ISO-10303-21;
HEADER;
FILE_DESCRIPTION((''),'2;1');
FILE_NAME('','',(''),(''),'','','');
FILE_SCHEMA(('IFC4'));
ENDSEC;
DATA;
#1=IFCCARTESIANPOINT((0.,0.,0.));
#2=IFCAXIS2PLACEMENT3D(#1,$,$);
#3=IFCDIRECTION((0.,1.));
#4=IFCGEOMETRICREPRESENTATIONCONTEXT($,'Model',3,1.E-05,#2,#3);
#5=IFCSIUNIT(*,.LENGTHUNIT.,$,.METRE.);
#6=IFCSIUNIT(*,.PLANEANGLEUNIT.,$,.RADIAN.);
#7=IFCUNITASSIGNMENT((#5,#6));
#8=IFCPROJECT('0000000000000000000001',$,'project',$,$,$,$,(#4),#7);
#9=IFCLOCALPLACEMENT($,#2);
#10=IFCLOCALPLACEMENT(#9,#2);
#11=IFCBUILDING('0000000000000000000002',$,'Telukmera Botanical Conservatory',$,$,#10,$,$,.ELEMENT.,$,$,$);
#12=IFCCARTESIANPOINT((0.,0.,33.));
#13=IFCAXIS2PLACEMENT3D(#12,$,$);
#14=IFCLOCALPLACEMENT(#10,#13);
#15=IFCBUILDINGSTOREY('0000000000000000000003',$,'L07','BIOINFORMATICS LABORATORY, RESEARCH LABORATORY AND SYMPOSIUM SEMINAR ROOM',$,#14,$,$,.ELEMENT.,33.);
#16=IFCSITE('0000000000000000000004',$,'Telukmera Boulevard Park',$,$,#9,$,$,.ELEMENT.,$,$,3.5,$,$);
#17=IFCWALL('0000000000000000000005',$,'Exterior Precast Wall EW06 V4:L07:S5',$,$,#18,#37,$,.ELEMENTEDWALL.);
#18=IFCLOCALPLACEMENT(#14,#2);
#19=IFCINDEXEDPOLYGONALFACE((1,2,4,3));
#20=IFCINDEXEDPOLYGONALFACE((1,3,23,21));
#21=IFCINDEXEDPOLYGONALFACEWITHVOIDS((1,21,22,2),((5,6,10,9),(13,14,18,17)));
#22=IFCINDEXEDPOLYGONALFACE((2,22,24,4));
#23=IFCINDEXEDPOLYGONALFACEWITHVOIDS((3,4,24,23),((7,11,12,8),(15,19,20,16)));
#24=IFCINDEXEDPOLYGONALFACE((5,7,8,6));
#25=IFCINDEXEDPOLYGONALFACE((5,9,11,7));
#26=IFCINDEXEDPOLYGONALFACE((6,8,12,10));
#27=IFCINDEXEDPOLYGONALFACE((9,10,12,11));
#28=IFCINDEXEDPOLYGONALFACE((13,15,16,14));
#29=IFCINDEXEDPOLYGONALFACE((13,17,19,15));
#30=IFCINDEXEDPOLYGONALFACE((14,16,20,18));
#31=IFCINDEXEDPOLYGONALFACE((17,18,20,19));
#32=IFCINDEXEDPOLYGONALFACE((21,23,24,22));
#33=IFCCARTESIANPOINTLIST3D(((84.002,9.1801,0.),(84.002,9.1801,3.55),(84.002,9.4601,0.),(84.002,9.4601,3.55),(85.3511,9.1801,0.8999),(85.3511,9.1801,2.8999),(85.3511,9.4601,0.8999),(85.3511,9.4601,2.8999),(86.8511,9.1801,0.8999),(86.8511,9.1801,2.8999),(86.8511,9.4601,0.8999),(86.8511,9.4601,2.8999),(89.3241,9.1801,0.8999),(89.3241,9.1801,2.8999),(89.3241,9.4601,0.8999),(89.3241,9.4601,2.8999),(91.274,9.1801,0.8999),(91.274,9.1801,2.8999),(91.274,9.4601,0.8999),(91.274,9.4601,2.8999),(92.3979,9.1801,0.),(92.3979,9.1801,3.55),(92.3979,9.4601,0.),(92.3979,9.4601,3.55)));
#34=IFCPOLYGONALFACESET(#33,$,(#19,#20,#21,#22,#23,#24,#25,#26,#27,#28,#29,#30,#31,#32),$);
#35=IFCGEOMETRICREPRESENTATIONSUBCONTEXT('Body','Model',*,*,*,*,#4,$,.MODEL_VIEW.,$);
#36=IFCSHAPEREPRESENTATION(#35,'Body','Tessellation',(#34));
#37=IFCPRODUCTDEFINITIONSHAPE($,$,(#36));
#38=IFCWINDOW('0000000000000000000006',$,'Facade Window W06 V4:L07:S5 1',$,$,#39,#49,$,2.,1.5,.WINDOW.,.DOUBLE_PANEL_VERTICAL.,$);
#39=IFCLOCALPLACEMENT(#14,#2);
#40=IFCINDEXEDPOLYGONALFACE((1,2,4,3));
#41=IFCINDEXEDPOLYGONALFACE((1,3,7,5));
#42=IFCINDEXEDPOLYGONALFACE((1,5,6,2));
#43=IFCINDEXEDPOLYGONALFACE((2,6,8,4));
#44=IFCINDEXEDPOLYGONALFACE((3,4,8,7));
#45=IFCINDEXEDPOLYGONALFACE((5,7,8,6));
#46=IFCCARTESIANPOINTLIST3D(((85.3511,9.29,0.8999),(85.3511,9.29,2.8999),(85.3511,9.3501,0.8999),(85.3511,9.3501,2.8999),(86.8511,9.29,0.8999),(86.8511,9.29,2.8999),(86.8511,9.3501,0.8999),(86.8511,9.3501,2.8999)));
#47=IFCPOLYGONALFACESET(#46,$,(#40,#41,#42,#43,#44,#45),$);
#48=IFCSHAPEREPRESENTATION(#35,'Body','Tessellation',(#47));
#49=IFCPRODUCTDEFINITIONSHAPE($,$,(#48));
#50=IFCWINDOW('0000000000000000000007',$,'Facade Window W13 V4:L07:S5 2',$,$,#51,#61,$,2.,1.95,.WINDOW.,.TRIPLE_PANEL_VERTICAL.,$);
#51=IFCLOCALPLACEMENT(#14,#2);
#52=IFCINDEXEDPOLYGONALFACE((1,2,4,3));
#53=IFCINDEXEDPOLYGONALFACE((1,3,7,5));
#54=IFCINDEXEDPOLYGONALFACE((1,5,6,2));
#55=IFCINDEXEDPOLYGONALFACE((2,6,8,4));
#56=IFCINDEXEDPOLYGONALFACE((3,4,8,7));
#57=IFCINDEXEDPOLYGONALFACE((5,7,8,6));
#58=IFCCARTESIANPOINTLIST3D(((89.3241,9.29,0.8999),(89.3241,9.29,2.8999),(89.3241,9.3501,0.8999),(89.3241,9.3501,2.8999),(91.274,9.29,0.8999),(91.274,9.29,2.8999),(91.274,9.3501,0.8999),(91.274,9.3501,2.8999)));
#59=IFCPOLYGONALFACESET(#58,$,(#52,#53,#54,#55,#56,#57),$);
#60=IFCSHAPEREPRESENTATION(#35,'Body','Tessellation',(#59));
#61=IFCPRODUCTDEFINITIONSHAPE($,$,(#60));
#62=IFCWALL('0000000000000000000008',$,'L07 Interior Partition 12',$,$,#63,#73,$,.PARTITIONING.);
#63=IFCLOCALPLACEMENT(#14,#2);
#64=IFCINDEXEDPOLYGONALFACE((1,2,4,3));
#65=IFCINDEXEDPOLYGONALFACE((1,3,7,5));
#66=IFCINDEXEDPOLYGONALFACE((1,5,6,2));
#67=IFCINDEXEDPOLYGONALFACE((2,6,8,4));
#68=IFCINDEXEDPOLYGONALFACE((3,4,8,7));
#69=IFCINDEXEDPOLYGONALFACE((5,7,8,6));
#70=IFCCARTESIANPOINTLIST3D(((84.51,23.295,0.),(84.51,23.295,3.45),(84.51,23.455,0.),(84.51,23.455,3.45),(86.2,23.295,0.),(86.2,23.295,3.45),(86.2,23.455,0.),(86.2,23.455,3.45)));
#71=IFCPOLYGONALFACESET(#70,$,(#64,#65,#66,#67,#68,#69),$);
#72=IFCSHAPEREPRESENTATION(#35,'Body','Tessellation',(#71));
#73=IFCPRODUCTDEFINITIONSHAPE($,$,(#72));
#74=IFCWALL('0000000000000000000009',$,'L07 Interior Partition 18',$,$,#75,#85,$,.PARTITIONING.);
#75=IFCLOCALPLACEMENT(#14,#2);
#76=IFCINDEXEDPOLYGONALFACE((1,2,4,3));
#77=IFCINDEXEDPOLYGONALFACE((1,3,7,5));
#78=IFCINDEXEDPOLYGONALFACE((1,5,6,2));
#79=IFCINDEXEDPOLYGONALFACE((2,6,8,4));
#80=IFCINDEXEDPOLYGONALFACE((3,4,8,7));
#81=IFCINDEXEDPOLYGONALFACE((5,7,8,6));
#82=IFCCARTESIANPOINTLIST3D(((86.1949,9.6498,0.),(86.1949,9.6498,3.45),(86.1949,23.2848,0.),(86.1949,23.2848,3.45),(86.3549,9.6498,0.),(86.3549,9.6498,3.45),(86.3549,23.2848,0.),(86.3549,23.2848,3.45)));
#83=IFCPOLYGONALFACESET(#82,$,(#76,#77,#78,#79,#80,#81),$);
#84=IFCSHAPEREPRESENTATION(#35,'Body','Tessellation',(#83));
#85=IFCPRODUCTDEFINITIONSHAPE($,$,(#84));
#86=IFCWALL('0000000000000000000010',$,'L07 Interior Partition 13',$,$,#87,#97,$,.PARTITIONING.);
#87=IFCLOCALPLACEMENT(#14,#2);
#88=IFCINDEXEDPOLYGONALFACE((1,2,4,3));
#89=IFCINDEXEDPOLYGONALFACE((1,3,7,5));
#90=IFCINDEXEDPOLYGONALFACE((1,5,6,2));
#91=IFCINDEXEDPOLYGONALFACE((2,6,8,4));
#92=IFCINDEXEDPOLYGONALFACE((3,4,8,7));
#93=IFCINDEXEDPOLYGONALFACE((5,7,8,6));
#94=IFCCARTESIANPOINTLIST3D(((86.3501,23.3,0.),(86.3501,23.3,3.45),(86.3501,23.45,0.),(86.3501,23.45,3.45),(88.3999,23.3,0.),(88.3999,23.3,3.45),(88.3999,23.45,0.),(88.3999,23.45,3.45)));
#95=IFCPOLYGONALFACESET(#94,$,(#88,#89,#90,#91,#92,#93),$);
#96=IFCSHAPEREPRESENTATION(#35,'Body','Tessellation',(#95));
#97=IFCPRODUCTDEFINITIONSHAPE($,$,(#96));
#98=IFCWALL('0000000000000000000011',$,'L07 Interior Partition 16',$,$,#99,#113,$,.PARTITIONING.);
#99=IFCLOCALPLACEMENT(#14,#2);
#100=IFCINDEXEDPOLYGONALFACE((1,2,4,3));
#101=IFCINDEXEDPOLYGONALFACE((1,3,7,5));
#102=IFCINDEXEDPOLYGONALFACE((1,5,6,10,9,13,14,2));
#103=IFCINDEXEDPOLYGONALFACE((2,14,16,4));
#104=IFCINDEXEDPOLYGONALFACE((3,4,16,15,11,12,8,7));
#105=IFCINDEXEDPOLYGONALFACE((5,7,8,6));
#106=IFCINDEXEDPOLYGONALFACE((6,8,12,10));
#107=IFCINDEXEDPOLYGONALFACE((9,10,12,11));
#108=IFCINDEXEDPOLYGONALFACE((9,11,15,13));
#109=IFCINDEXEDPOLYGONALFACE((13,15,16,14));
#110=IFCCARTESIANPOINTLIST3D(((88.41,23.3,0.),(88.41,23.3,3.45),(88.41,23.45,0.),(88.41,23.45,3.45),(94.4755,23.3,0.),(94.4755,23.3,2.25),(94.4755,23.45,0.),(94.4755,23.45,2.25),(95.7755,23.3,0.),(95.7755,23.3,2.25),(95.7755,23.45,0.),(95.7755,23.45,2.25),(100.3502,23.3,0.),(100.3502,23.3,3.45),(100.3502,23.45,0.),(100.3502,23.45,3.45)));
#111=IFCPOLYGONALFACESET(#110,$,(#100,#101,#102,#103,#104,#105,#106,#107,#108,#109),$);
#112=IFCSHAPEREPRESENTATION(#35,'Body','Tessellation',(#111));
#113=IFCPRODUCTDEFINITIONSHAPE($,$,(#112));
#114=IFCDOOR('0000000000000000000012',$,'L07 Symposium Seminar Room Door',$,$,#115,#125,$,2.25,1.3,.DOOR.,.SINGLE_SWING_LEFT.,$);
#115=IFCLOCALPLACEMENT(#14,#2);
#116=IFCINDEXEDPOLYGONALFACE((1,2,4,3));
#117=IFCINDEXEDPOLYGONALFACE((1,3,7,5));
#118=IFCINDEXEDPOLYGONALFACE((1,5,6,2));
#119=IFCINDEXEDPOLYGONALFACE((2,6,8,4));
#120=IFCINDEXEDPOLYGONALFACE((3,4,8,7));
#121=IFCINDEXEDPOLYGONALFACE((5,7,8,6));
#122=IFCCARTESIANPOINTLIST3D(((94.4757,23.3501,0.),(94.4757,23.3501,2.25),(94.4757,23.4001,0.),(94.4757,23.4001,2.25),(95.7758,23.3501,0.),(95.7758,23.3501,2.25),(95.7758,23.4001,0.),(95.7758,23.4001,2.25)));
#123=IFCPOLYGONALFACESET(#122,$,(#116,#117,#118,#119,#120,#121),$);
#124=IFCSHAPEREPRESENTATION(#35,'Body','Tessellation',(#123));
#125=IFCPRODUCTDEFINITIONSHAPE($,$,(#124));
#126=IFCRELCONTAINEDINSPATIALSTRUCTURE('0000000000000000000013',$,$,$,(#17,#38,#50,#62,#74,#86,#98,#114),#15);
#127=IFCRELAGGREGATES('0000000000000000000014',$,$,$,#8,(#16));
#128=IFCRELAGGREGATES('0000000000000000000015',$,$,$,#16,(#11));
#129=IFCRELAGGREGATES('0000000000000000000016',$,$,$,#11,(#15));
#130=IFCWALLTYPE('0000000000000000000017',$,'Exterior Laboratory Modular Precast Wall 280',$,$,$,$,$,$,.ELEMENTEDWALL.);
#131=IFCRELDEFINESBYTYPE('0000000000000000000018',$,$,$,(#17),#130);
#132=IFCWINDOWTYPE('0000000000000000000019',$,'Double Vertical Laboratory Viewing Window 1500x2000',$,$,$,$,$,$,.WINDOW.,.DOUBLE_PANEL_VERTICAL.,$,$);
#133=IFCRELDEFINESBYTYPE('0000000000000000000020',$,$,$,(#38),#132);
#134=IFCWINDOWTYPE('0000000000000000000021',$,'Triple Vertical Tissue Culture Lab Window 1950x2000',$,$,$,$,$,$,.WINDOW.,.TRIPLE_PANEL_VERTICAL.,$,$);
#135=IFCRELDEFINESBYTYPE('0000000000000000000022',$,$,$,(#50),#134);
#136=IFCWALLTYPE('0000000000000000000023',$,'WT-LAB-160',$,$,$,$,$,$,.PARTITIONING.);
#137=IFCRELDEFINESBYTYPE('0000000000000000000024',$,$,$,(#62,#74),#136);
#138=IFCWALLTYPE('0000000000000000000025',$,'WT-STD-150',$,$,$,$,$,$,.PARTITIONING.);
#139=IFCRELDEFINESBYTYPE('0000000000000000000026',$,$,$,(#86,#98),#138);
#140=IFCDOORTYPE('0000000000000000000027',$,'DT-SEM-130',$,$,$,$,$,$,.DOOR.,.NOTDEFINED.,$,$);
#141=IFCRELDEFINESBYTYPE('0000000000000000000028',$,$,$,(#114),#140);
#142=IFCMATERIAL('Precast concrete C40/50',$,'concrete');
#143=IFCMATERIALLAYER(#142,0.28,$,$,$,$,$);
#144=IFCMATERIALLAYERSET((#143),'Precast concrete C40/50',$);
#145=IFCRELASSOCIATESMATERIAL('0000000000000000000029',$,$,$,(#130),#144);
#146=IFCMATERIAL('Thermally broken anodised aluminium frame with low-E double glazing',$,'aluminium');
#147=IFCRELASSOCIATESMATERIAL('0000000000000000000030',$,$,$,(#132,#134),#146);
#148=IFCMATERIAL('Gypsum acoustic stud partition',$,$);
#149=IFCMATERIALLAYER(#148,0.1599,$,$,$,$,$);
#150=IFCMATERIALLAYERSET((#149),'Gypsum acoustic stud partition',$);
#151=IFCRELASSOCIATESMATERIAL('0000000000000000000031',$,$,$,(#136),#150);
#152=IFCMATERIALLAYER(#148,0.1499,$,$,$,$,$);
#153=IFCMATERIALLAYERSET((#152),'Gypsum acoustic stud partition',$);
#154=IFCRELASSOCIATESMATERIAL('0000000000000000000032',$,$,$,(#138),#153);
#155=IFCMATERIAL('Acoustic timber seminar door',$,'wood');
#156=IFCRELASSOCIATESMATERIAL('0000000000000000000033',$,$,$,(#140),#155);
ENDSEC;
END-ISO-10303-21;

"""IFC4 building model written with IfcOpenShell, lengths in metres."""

from ifc_helpers import new_model, si_unit, direction, frame, frame_2d, origin, place, context, subcontext, project, spatial, rectangle, extrude, material, layer, layer_set, type_object, element, fill, save


model = new_model("IFC4")

# Units and contexts
model_context = context("Model", 3, precision=1e-05, world=origin(), true_north=direction((0.0, 1.0)))
body_context = subcontext(model_context, "Body", "Model", "MODEL_VIEW")
ifc_project = project(units=[si_unit("LENGTHUNIT", "METRE"), si_unit("PLANEANGLEUNIT", "RADIAN")], contexts=[model_context])

# Site, building, storey
site_placement = place(None, origin())
site = spatial("IfcSite", under=ifc_project, at=site_placement, Name="Telukmera Boulevard Park", CompositionType="ELEMENT", RefElevation=3.5)
building_placement = place(site_placement, origin())
building = spatial("IfcBuilding", under=site, at=building_placement, Name="Telukmera Botanical Conservatory", CompositionType="ELEMENT")
storey_placement = place(building_placement, frame((0.0, 0.0, 33.0)))
storey = spatial("IfcBuildingStorey", under=building, at=storey_placement, Name="L07", Description="BIOINFORMATICS LABORATORY, RESEARCH LABORATORY AND SYMPOSIUM SEMINAR ROOM", CompositionType="ELEMENT", Elevation=33.0)

# Shared definitions
ifc_material_1 = material(Name="Precast concrete C40/50", Category="concrete")

# Wall, openings, windows
ifc_layer_1 = layer(ifc_material_1, 0.28)
ifc_layer_set_1 = layer_set([ifc_layer_1], Name="Precast concrete C40/50")
wall_type_1 = type_object("IfcWallType", Name="Exterior Laboratory Modular Precast Wall 280", PredefinedType="ELEMENTEDWALL", material=ifc_layer_set_1)
wall_1_placement = place(storey_placement, frame((84.002, 9.3201, 0.0), z_axis=(0.0, 0.0, 1.0), x_axis=(1.0, 0.0, 0.0)))
wall_1 = element("IfcWall", 1, at=wall_1_placement, inside=storey, type_object=wall_type_1, Name="Exterior Precast Wall EW06 V4:L07:S5", PredefinedType="ELEMENTEDWALL", context=body_context, shape_type="SweptSolid", body=[
    extrude(rectangle(XDim=8.396, YDim=0.28, at=frame_2d((4.198, 0.0))), origin(), (0.0, 0.0, 1.0), 3.55),
])
opening_1_placement = place(wall_1_placement, frame((1.3491, 0.0, 0.8999)))
opening_1 = element("IfcOpeningElement", 2, at=opening_1_placement, cuts=wall_1, PredefinedType="OPENING", context=body_context, shape_type="SweptSolid", body=[
    extrude(rectangle(XDim=1.5, YDim=2.0, at=frame_2d((0.75, 1.0))), frame((0.0, 0.1499, 0.0), z_axis=(0.0, -1.0, 0.0), x_axis=(1.0, 0.0, 0.0)), (0.0, 0.0, 1.0), 0.3),
])
opening_2_placement = place(wall_1_placement, frame((5.322, 0.0, 0.8999)))
opening_2 = element("IfcOpeningElement", 3, at=opening_2_placement, cuts=wall_1, PredefinedType="OPENING", context=body_context, shape_type="SweptSolid", body=[
    extrude(rectangle(XDim=1.95, YDim=2.0, at=frame_2d((0.9751, 1.0))), frame((0.0, 0.1499, 0.0), z_axis=(0.0, -1.0, 0.0), x_axis=(1.0, 0.0, 0.0)), (0.0, 0.0, 1.0), 0.3),
])
ifc_material_2 = material(Name="Thermally broken anodised aluminium frame with low-E double glazing", Category="aluminium")
window_type_1 = type_object("IfcWindowType", Name="Double Vertical Laboratory Viewing Window 1500x2000", PartitioningType="DOUBLE_PANEL_VERTICAL", PredefinedType="WINDOW", material=ifc_material_2)
window_1_placement = place(opening_1_placement, origin())
window_1 = element("IfcWindow", 4, at=window_1_placement, inside=storey, type_object=window_type_1, Name="Facade Window W06 V4:L07:S5 1", OverallHeight=2.0, OverallWidth=1.5, PartitioningType="DOUBLE_PANEL_VERTICAL", PredefinedType="WINDOW", context=body_context, shape_type="SweptSolid", body=[
    extrude(rectangle(XDim=1.5, YDim=2.0, at=frame_2d((0.75, 1.0))), frame((0.0, 0.03, 0.0), z_axis=(0.0, -1.0, 0.0), x_axis=(1.0, 0.0, 0.0)), (0.0, 0.0, 1.0), 0.0601),
])
fill(opening_1, window_1)
window_type_2 = type_object("IfcWindowType", Name="Triple Vertical Tissue Culture Lab Window 1950x2000", PartitioningType="TRIPLE_PANEL_VERTICAL", PredefinedType="WINDOW", material=ifc_material_2)
window_2_placement = place(opening_2_placement, origin())
window_2 = element("IfcWindow", 5, at=window_2_placement, inside=storey, type_object=window_type_2, Name="Facade Window W13 V4:L07:S5 2", OverallHeight=2.0, OverallWidth=1.95, PartitioningType="TRIPLE_PANEL_VERTICAL", PredefinedType="WINDOW", context=body_context, shape_type="SweptSolid", body=[
    extrude(rectangle(XDim=1.95, YDim=2.0, at=frame_2d((0.9751, 1.0))), frame((0.0, 0.03, 0.0), z_axis=(0.0, -1.0, 0.0), x_axis=(1.0, 0.0, 0.0)), (0.0, 0.0, 1.0), 0.0601),
])
fill(opening_2, window_2)

# Walls
ifc_material_3 = material(Name="Gypsum acoustic stud partition")
ifc_layer_2 = layer(ifc_material_3, 0.1599)
ifc_layer_set_2 = layer_set([ifc_layer_2], Name="Gypsum acoustic stud partition")
wall_type_2 = type_object("IfcWallType", Name="WT-LAB-160", PredefinedType="PARTITIONING", material=ifc_layer_set_2)
wall_2_placement = place(storey_placement, frame((84.51, 23.375, 0.0), z_axis=(0.0, 0.0, 1.0), x_axis=(1.0, 0.0, 0.0)))
element("IfcWall", 6, at=wall_2_placement, inside=storey, type_object=wall_type_2, Name="L07 Interior Partition 12", PredefinedType="PARTITIONING", context=body_context, shape_type="SweptSolid", body=[
    extrude(rectangle(XDim=1.6899, YDim=0.1599, at=frame_2d((0.845, 0.0))), origin(), (0.0, 0.0, 1.0), 3.45),
])
wall_3_placement = place(storey_placement, frame((86.2749, 9.6499, 0.0), z_axis=(0.0, 0.0, 1.0), x_axis=(0.0, 1.0, 0.0)))
element("IfcWall", 7, at=wall_3_placement, inside=storey, type_object=wall_type_2, Name="L07 Interior Partition 18", PredefinedType="PARTITIONING", context=body_context, shape_type="SweptSolid", body=[
    extrude(rectangle(XDim=13.635, YDim=0.1599, at=frame_2d((6.8174, 0.0))), origin(), (0.0, 0.0, 1.0), 3.45),
])
ifc_layer_3 = layer(ifc_material_3, 0.1499)
ifc_layer_set_3 = layer_set([ifc_layer_3], Name="Gypsum acoustic stud partition")
wall_type_3 = type_object("IfcWallType", Name="WT-STD-150", PredefinedType="PARTITIONING", material=ifc_layer_set_3)
wall_4_placement = place(storey_placement, frame((86.3501, 23.375, 0.0), z_axis=(0.0, 0.0, 1.0), x_axis=(1.0, 0.0, 0.0)))
element("IfcWall", 8, at=wall_4_placement, inside=storey, type_object=wall_type_3, Name="L07 Interior Partition 13", PredefinedType="PARTITIONING", context=body_context, shape_type="SweptSolid", body=[
    extrude(rectangle(XDim=2.0498, YDim=0.1499, at=frame_2d((1.0249, 0.0))), origin(), (0.0, 0.0, 1.0), 3.45),
])

# Wall, opening, door
wall_5_placement = place(storey_placement, frame((88.4099, 23.375, 0.0), z_axis=(0.0, 0.0, 1.0), x_axis=(1.0, 0.0, 0.0)))
wall_5 = element("IfcWall", 9, at=wall_5_placement, inside=storey, type_object=wall_type_3, Name="L07 Interior Partition 16", PredefinedType="PARTITIONING", context=body_context, shape_type="SweptSolid", body=[
    extrude(rectangle(XDim=11.9402, YDim=0.1499, at=frame_2d((5.9702, 0.0))), origin(), (0.0, 0.0, 1.0), 3.45),
])
opening_3_placement = place(wall_5_placement, frame((6.0657, 0.0, 0.0)))
opening_3 = element("IfcOpeningElement", 10, at=opening_3_placement, cuts=wall_5, PredefinedType="OPENING", context=body_context, shape_type="SweptSolid", body=[
    extrude(rectangle(XDim=1.3, YDim=2.25, at=frame_2d((0.6499, 1.125))), frame((0.0, 0.085, 0.0), z_axis=(0.0, -1.0, 0.0), x_axis=(1.0, 0.0, 0.0)), (0.0, 0.0, 1.0), 0.1699),
])
ifc_material_4 = material(Name="Acoustic timber seminar door", Category="wood")
door_type = type_object("IfcDoorType", Name="DT-SEM-130", OperationType="NOTDEFINED", PredefinedType="DOOR", material=ifc_material_4)
door_placement = place(opening_3_placement, frame((1.3, 0.0, 0.0), z_axis=(0.0, 0.0, 1.0), x_axis=(-1.0, 0.0, 0.0)))
door = element("IfcDoor", 11, at=door_placement, inside=storey, type_object=door_type, Name="L07 Symposium Seminar Room Door", OperationType="SINGLE_SWING_LEFT", OverallHeight=2.25, OverallWidth=1.3, PredefinedType="DOOR", context=body_context, shape_type="SweptSolid", body=[
    extrude(rectangle(XDim=1.3, YDim=2.25, at=frame_2d((0.6499, 1.125))), frame((0.0, 0.0249, 0.0), z_axis=(0.0, -1.0, 0.0), x_axis=(1.0, 0.0, 0.0)), (0.0, 0.0, 1.0), 0.05),
])
fill(opening_3, door)

save(model, "model.ifc")
